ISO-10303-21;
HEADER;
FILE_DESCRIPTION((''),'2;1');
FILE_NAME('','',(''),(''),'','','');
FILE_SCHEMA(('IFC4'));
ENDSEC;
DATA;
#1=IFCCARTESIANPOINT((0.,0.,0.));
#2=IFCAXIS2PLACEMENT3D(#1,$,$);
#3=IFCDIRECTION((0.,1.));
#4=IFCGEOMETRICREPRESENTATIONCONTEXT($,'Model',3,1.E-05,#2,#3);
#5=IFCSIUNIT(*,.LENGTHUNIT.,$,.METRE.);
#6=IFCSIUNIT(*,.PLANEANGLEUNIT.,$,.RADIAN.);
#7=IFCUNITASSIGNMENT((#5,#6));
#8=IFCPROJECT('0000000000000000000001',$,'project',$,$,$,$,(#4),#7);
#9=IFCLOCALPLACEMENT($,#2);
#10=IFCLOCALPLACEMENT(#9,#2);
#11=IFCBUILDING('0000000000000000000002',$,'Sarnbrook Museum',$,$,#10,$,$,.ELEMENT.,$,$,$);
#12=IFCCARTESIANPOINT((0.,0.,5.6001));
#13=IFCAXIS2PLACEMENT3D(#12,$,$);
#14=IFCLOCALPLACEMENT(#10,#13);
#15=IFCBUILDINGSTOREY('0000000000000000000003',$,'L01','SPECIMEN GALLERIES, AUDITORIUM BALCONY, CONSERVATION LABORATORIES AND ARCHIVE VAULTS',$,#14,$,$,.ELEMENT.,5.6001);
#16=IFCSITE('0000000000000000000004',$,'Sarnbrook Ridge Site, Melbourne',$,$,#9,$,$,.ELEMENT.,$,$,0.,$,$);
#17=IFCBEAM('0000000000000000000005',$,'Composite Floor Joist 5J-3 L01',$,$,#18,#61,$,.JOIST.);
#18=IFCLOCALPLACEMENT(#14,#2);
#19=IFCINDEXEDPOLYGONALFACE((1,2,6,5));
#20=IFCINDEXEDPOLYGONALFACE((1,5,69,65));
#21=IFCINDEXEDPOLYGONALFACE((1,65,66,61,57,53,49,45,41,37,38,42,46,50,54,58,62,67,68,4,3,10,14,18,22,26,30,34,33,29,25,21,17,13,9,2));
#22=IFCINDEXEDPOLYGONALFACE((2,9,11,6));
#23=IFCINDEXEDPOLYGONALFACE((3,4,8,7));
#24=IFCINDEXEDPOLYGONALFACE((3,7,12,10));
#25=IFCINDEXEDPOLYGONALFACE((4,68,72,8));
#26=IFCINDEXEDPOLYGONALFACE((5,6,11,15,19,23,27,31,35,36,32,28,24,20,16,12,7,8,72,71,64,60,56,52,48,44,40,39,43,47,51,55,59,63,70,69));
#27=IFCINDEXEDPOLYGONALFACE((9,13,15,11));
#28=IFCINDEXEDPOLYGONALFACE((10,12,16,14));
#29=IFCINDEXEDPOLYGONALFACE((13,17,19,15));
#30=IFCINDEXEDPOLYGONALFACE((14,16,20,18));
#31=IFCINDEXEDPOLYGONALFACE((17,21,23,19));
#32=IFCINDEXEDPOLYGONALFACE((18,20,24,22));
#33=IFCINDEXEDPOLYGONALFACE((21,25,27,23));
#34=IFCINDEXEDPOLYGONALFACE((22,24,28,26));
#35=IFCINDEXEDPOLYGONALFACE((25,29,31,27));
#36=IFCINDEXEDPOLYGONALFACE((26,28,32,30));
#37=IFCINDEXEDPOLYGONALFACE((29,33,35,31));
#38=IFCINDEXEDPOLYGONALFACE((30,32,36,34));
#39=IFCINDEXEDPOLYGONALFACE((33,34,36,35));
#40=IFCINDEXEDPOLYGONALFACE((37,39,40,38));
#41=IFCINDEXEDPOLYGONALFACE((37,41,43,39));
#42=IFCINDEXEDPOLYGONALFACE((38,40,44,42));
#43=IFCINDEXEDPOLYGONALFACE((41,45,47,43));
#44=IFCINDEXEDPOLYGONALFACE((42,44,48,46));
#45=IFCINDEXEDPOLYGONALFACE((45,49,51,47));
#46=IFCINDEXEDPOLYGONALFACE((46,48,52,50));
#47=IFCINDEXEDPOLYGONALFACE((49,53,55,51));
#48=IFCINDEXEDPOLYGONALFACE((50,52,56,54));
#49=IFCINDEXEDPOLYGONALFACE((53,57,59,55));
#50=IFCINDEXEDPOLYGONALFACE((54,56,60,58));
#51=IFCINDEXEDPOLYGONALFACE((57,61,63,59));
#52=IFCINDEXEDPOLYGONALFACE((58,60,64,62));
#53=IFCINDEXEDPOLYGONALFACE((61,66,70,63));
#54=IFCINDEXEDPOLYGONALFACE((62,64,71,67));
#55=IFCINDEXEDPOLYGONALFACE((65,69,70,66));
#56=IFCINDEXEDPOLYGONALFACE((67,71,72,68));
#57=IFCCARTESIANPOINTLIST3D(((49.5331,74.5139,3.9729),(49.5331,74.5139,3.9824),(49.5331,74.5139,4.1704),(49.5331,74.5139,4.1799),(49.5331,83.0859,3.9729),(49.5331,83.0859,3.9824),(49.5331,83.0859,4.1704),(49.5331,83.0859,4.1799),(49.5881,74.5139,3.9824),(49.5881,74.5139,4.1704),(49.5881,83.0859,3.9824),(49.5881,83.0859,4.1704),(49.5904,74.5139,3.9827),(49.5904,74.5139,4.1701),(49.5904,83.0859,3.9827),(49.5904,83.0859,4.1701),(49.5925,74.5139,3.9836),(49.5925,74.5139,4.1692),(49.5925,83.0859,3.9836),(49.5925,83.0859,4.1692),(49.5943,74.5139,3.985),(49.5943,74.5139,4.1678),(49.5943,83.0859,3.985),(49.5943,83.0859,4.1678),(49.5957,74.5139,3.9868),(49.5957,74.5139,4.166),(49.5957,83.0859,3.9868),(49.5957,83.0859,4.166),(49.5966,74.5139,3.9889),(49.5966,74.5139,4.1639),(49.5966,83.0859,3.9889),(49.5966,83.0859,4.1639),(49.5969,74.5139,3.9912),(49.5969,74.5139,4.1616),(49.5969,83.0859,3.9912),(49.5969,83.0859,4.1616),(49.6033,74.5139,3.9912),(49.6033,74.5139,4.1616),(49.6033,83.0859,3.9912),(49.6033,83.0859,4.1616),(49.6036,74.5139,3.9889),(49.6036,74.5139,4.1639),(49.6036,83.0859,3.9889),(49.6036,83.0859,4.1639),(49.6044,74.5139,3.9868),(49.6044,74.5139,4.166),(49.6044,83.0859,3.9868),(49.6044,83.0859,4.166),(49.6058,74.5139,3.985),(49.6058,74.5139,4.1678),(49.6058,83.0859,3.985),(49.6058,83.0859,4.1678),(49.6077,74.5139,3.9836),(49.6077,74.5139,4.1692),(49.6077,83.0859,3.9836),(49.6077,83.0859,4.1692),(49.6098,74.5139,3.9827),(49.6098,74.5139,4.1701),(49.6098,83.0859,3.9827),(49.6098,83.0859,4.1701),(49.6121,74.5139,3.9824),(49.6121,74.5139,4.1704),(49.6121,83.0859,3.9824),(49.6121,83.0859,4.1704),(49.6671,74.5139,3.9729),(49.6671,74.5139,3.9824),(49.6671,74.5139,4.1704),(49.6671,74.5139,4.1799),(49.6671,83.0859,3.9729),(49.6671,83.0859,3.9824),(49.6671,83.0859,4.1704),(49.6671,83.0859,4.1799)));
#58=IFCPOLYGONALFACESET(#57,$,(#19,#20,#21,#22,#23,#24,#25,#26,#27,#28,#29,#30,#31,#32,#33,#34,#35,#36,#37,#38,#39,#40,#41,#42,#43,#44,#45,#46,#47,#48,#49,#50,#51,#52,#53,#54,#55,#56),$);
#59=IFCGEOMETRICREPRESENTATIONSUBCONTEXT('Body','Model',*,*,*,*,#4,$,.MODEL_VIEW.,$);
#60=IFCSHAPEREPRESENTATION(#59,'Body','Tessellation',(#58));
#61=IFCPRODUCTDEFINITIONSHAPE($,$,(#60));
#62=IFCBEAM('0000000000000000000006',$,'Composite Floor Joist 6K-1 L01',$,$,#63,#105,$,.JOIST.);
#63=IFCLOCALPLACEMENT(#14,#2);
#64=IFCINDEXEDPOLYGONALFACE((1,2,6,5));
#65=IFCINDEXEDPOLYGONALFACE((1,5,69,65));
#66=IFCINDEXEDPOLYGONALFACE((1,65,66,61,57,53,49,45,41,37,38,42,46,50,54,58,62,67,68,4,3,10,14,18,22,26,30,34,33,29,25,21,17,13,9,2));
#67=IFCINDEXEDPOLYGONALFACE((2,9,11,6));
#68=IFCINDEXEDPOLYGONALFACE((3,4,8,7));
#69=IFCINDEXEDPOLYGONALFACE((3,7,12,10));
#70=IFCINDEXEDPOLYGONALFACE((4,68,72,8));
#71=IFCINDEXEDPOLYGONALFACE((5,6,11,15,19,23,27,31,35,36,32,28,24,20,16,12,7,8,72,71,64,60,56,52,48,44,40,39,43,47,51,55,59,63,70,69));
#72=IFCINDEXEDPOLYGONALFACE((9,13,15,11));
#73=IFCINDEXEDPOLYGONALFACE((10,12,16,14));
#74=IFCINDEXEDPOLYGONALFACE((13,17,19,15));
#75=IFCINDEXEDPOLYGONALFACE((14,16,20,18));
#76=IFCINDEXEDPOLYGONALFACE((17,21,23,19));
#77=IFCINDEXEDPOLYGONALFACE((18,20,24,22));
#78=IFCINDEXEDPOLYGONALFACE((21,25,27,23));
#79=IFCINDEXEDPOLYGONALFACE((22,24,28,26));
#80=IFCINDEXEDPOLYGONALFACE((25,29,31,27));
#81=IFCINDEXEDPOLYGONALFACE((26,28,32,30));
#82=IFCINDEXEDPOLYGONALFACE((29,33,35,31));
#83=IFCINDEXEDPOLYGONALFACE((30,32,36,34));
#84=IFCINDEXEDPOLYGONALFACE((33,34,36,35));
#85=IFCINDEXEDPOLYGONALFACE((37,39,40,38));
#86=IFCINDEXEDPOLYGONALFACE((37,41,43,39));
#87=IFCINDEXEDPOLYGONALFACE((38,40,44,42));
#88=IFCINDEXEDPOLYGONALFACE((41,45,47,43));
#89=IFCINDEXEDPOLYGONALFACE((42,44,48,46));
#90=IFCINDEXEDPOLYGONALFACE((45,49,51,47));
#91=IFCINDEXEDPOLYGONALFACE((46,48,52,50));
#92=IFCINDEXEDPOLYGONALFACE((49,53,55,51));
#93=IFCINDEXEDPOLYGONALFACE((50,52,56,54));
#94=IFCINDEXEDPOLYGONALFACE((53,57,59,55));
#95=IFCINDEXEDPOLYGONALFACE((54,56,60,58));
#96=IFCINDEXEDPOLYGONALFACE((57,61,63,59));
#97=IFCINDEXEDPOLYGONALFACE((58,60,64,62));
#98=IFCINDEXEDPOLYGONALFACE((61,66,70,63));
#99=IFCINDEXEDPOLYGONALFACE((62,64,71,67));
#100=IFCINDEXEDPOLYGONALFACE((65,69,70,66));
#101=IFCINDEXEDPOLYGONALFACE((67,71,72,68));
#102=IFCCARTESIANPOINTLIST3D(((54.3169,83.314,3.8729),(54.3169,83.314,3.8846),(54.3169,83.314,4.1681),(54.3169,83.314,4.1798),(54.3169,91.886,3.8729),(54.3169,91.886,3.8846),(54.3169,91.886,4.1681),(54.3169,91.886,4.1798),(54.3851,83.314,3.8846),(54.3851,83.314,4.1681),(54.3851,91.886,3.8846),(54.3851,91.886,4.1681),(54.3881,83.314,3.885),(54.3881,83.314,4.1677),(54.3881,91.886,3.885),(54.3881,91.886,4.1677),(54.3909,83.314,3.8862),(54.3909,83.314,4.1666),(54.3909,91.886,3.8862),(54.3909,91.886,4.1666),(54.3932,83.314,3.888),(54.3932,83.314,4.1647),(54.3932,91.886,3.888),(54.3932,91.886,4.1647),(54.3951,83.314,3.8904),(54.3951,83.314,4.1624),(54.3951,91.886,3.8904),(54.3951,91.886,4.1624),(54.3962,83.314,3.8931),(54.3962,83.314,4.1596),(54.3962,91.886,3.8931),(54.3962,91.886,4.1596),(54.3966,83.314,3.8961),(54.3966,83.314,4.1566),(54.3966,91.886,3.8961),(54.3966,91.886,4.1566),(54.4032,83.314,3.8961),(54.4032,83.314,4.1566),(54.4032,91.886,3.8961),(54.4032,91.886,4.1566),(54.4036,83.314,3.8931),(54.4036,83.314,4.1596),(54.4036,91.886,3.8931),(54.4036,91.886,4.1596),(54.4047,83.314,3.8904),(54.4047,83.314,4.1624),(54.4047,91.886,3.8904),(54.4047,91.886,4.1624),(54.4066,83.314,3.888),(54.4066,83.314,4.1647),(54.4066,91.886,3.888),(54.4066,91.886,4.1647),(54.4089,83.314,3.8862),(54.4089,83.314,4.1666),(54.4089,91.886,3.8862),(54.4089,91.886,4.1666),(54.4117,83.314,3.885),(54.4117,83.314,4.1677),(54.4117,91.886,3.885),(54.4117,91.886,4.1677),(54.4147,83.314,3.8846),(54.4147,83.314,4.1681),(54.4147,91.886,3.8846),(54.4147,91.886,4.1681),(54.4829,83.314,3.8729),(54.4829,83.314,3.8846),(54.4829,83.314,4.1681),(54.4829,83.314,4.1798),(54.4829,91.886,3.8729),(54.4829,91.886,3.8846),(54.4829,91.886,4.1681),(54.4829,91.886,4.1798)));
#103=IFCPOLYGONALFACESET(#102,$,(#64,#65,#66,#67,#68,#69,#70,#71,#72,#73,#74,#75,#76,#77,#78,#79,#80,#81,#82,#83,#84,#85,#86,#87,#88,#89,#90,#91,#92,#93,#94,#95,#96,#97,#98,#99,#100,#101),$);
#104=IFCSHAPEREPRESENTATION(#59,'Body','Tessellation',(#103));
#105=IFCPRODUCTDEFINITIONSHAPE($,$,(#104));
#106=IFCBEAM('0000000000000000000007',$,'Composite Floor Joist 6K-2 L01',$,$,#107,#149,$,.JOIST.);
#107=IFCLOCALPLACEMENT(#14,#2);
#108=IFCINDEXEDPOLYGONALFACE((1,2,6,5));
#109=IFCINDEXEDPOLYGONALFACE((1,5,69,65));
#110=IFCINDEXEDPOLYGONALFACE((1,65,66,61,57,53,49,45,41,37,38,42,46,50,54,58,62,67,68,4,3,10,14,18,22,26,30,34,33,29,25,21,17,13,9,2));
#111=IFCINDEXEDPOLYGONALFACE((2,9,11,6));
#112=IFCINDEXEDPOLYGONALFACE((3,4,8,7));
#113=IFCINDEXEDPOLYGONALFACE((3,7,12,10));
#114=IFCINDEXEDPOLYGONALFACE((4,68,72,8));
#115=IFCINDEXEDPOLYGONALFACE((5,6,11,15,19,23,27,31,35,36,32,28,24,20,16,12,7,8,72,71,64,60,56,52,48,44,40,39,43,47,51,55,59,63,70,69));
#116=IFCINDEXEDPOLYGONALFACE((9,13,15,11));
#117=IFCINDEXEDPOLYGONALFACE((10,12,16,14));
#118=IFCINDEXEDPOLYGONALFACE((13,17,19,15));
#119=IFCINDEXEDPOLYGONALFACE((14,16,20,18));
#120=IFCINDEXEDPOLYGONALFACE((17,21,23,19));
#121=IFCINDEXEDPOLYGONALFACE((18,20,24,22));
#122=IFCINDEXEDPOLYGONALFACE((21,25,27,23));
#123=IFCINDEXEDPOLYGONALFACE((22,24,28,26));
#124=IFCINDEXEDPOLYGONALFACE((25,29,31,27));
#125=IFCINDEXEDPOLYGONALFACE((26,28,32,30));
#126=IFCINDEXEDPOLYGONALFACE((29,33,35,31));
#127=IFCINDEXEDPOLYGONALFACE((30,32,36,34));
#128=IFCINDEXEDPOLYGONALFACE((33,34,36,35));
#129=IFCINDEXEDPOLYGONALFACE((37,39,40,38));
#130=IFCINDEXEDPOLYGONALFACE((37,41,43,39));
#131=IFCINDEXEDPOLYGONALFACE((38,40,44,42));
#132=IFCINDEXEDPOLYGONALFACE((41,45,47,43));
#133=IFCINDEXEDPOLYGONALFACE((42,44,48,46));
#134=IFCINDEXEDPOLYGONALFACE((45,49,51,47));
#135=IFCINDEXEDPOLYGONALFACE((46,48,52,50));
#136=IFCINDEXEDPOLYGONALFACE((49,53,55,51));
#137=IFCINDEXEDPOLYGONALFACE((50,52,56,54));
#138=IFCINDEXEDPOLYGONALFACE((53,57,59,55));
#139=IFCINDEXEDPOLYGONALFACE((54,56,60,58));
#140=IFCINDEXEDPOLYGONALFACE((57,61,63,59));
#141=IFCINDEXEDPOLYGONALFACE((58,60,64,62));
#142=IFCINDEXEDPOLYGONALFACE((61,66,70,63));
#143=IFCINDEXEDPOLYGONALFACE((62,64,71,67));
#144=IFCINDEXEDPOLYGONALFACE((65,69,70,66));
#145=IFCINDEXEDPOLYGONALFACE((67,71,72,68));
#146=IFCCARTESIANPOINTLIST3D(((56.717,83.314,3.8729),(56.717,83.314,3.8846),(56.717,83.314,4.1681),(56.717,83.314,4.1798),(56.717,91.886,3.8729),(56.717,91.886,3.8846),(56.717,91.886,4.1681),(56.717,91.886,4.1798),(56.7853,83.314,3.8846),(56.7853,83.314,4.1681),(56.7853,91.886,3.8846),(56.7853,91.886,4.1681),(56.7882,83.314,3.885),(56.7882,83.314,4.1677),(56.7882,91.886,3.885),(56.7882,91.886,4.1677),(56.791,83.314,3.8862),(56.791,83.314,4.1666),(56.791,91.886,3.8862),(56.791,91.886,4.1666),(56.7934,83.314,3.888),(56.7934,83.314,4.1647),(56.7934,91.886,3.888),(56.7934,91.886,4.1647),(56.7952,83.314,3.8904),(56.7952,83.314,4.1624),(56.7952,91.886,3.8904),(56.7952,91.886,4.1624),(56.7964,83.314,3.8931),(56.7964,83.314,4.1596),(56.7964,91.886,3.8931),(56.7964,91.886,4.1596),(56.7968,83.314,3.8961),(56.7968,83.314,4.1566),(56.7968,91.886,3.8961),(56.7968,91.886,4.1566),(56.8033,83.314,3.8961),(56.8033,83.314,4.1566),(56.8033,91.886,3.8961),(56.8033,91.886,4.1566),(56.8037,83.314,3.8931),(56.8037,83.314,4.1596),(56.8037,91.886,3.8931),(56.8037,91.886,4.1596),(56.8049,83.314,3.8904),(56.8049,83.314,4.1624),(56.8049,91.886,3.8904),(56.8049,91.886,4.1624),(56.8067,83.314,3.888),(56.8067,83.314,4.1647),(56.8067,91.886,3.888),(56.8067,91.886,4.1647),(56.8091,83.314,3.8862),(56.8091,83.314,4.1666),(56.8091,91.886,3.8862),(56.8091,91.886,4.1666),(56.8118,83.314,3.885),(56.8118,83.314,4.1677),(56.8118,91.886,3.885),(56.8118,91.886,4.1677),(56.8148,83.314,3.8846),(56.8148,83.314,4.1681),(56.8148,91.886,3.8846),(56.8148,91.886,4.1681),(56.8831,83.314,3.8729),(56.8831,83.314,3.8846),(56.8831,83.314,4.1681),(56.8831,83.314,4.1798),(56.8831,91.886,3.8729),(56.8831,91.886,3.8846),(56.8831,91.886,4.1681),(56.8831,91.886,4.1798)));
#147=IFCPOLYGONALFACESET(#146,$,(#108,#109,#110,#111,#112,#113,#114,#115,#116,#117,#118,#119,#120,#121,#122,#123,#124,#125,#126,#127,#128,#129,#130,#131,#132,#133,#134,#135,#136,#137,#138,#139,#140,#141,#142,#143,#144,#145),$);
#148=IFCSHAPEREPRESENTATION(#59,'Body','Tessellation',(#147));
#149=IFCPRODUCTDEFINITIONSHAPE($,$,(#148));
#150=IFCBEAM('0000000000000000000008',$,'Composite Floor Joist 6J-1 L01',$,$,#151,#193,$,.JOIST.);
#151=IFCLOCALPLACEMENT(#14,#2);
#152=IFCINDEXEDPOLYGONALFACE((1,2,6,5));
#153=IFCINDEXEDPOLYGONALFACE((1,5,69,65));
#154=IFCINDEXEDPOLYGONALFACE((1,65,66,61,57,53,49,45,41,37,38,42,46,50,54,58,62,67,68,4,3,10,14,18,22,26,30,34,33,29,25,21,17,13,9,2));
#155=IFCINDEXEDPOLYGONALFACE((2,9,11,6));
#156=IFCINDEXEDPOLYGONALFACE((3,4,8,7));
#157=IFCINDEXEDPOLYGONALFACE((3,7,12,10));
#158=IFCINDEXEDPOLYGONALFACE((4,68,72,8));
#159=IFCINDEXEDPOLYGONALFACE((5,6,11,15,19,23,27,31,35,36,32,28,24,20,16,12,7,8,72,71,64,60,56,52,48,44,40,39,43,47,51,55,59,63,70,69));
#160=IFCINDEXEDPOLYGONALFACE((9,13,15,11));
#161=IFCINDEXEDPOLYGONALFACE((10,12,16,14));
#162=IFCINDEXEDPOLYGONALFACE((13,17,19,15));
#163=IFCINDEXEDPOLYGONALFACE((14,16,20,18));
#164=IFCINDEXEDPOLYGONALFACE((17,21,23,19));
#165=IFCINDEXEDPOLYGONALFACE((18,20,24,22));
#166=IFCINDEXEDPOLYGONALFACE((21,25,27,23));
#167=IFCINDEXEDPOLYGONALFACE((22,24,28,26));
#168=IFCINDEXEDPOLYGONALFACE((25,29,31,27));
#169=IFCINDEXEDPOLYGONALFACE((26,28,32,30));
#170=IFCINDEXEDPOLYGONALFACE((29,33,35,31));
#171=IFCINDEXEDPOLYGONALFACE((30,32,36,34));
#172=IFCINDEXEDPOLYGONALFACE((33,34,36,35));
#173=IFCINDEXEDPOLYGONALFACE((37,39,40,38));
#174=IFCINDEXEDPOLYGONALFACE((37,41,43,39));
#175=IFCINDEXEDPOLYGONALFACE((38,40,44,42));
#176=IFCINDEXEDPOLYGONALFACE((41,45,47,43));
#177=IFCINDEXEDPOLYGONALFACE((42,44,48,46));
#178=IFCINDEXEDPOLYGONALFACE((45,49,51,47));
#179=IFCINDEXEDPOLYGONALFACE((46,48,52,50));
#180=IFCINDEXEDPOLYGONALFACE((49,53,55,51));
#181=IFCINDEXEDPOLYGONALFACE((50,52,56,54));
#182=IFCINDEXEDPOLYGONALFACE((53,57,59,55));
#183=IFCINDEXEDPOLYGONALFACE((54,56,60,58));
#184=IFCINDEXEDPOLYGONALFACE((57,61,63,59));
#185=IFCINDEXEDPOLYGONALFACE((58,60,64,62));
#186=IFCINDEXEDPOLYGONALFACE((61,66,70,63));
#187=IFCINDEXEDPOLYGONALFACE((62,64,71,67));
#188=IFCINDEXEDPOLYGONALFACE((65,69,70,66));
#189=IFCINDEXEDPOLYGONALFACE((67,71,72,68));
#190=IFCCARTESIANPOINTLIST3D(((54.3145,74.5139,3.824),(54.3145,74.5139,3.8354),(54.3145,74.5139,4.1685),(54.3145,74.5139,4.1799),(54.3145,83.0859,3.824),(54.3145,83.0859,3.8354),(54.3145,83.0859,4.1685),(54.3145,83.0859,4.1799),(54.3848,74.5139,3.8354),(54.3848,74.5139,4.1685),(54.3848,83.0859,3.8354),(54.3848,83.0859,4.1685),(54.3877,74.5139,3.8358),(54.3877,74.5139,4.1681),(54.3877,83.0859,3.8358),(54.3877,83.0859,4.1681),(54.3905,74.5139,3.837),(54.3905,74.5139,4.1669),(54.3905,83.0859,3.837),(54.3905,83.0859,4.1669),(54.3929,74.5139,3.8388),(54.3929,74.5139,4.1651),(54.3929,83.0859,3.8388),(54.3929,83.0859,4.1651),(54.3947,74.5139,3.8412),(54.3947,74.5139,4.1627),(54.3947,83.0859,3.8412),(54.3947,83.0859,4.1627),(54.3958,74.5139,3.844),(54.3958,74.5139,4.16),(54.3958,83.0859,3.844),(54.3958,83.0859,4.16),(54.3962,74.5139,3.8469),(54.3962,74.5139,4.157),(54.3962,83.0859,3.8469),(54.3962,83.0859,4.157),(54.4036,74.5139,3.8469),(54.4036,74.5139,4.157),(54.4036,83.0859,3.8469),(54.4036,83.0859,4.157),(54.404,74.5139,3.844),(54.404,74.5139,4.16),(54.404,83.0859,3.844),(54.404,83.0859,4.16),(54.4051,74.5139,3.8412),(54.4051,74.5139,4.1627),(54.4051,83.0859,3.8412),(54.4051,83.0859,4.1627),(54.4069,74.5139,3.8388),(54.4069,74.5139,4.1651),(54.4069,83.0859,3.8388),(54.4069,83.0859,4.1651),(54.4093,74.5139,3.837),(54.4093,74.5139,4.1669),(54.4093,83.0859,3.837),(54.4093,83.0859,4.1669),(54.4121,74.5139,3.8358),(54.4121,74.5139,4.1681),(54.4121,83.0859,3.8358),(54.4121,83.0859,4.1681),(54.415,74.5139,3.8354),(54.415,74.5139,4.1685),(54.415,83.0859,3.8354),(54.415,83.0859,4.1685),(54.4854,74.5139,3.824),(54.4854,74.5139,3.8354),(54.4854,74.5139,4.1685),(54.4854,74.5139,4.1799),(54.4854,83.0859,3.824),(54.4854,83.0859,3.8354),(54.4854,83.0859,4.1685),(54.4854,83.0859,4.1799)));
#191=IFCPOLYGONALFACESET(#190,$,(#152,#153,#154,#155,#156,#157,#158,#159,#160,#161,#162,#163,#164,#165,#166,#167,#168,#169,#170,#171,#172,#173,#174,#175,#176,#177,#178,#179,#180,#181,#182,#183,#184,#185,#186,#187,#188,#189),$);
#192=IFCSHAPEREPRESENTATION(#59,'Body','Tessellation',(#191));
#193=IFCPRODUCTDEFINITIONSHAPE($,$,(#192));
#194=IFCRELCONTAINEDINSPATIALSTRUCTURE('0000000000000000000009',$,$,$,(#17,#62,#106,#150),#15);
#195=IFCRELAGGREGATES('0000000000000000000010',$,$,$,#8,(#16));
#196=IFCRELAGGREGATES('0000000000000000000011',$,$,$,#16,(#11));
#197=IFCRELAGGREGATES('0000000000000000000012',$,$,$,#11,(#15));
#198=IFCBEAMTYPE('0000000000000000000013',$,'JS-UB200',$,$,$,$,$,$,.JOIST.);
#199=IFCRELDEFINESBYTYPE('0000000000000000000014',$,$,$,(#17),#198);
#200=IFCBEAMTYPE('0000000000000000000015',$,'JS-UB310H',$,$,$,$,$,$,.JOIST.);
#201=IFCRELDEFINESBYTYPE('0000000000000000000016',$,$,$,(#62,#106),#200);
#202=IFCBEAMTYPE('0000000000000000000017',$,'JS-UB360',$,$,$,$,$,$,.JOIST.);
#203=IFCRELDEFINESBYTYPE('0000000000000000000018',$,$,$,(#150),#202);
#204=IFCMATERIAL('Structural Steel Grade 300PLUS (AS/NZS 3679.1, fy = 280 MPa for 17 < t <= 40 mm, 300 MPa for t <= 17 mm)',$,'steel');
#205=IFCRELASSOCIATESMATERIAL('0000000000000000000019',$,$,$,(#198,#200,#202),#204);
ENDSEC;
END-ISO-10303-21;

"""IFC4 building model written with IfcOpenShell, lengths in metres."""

from ifc_helpers import new_model, si_unit, direction, frame, origin, origin_2d, place, context, subcontext, project, spatial, i_section, extrude, material, material_profile, profile_set, type_object, element, save


model = new_model("IFC4")

# Units and contexts
model_context = context("Model", 3, precision=1e-05, world=origin(), true_north=direction((0.0, 1.0)))
body_context = subcontext(model_context, "Body", "Model", "MODEL_VIEW")
ifc_project = project(units=[si_unit("LENGTHUNIT", "METRE"), si_unit("PLANEANGLEUNIT", "RADIAN")], contexts=[model_context])

# Site, building, storey
site_placement = place(None, origin())
site = spatial("IfcSite", under=ifc_project, at=site_placement, Name="Sarnbrook Ridge Site, Melbourne", CompositionType="ELEMENT", RefElevation=0.0)
building_placement = place(site_placement, origin())
building = spatial("IfcBuilding", under=site, at=building_placement, Name="Sarnbrook Museum", CompositionType="ELEMENT")
storey_placement = place(building_placement, frame((0.0, 0.0, 5.6001)))
storey = spatial("IfcBuildingStorey", under=building, at=storey_placement, Name="L01", Description="SPECIMEN GALLERIES, AUDITORIUM BALCONY, CONSERVATION LABORATORIES AND ARCHIVE VAULTS", CompositionType="ELEMENT", Elevation=5.6001)

# Beams
ifc_material_1 = material(Name="Structural Steel Grade 300PLUS (AS/NZS 3679.1, fy = 280 MPa for 17 < t <= 40 mm, 300 MPa for t <= 17 mm)", Category="steel")
ifc_material_profile_1 = material_profile(ifc_material_1, i_section(OverallWidth=0.134, OverallDepth=0.207, WebThickness=0.0063, FlangeThickness=0.0095, FilletRadius=0.0088, at=origin_2d()), Name="200UB29.8")
ifc_profile_set_1 = profile_set([ifc_material_profile_1], Name="Structural Steel Grade 300PLUS (AS/NZS 3679.1, fy = 280 MPa for 17 < t <= 40 mm, 300 MPa for t <= 17 mm)")
beam_type_1 = type_object("IfcBeamType", Name="JS-UB200", PredefinedType="JOIST", material=ifc_profile_set_1)
for number, where, z_axis, x_axis, name in (
    (1, (49.6001, 74.5139, 4.0764), (0.0, 1.0, 0.0), (-1.0, 0.0, 0.0), "Composite Floor Joist 5J-3 L01"),
):
    element("IfcBeam", number, at=place(storey_placement, frame(where, z_axis=z_axis, x_axis=x_axis)), inside=storey, type_object=beam_type_1, Name=name, PredefinedType="JOIST", context=body_context, shape_type="SweptSolid", body=[
        extrude(i_section(OverallWidth=0.134, OverallDepth=0.207, WebThickness=0.0063, FlangeThickness=0.0095, FilletRadius=0.0088, at=origin_2d()), origin(), (0.0, 0.0, 1.0), 8.572),
    ])
ifc_material_profile_2 = material_profile(ifc_material_1, i_section(OverallWidth=0.166, OverallDepth=0.3069, WebThickness=0.0066, FlangeThickness=0.0117, FilletRadius=0.0115, at=origin_2d()), Name="310UB46.2")
ifc_profile_set_2 = profile_set([ifc_material_profile_2], Name="Structural Steel Grade 300PLUS (AS/NZS 3679.1, fy = 280 MPa for 17 < t <= 40 mm, 300 MPa for t <= 17 mm)")
beam_type_2 = type_object("IfcBeamType", Name="JS-UB310H", PredefinedType="JOIST", material=ifc_profile_set_2)
for number, where, z_axis, x_axis, name in (
    (2, (54.3999, 83.314, 4.0264), (0.0, 1.0, 0.0), (-1.0, 0.0, 0.0), "Composite Floor Joist 6K-1 L01"),
    (3, (56.8, 83.314, 4.0264), (0.0, 1.0, 0.0), (-1.0, 0.0, 0.0), "Composite Floor Joist 6K-2 L01"),
):
    element("IfcBeam", number, at=place(storey_placement, frame(where, z_axis=z_axis, x_axis=x_axis)), inside=storey, type_object=beam_type_2, Name=name, PredefinedType="JOIST", context=body_context, shape_type="SweptSolid", body=[
        extrude(i_section(OverallWidth=0.166, OverallDepth=0.3069, WebThickness=0.0066, FlangeThickness=0.0117, FilletRadius=0.0115, at=origin_2d()), origin(), (0.0, 0.0, 1.0), 8.572),
    ])
ifc_material_profile_3 = material_profile(ifc_material_1, i_section(OverallWidth=0.1709, OverallDepth=0.356, WebThickness=0.0073, FlangeThickness=0.0115, FilletRadius=0.0115, at=origin_2d()), Name="360UB50.7")
ifc_profile_set_3 = profile_set([ifc_material_profile_3], Name="Structural Steel Grade 300PLUS (AS/NZS 3679.1, fy = 280 MPa for 17 < t <= 40 mm, 300 MPa for t <= 17 mm)")
beam_type_3 = type_object("IfcBeamType", Name="JS-UB360", PredefinedType="JOIST", material=ifc_profile_set_3)
for number, where, z_axis, x_axis, name in (
    (4, (54.3999, 74.5139, 4.002), (0.0, 1.0, 0.0), (-1.0, 0.0, 0.0), "Composite Floor Joist 6J-1 L01"),
):
    element("IfcBeam", number, at=place(storey_placement, frame(where, z_axis=z_axis, x_axis=x_axis)), inside=storey, type_object=beam_type_3, Name=name, PredefinedType="JOIST", context=body_context, shape_type="SweptSolid", body=[
        extrude(i_section(OverallWidth=0.1709, OverallDepth=0.356, WebThickness=0.0073, FlangeThickness=0.0115, FilletRadius=0.0115, at=origin_2d()), origin(), (0.0, 0.0, 1.0), 8.572),
    ])

save(model, "model.ifc")
